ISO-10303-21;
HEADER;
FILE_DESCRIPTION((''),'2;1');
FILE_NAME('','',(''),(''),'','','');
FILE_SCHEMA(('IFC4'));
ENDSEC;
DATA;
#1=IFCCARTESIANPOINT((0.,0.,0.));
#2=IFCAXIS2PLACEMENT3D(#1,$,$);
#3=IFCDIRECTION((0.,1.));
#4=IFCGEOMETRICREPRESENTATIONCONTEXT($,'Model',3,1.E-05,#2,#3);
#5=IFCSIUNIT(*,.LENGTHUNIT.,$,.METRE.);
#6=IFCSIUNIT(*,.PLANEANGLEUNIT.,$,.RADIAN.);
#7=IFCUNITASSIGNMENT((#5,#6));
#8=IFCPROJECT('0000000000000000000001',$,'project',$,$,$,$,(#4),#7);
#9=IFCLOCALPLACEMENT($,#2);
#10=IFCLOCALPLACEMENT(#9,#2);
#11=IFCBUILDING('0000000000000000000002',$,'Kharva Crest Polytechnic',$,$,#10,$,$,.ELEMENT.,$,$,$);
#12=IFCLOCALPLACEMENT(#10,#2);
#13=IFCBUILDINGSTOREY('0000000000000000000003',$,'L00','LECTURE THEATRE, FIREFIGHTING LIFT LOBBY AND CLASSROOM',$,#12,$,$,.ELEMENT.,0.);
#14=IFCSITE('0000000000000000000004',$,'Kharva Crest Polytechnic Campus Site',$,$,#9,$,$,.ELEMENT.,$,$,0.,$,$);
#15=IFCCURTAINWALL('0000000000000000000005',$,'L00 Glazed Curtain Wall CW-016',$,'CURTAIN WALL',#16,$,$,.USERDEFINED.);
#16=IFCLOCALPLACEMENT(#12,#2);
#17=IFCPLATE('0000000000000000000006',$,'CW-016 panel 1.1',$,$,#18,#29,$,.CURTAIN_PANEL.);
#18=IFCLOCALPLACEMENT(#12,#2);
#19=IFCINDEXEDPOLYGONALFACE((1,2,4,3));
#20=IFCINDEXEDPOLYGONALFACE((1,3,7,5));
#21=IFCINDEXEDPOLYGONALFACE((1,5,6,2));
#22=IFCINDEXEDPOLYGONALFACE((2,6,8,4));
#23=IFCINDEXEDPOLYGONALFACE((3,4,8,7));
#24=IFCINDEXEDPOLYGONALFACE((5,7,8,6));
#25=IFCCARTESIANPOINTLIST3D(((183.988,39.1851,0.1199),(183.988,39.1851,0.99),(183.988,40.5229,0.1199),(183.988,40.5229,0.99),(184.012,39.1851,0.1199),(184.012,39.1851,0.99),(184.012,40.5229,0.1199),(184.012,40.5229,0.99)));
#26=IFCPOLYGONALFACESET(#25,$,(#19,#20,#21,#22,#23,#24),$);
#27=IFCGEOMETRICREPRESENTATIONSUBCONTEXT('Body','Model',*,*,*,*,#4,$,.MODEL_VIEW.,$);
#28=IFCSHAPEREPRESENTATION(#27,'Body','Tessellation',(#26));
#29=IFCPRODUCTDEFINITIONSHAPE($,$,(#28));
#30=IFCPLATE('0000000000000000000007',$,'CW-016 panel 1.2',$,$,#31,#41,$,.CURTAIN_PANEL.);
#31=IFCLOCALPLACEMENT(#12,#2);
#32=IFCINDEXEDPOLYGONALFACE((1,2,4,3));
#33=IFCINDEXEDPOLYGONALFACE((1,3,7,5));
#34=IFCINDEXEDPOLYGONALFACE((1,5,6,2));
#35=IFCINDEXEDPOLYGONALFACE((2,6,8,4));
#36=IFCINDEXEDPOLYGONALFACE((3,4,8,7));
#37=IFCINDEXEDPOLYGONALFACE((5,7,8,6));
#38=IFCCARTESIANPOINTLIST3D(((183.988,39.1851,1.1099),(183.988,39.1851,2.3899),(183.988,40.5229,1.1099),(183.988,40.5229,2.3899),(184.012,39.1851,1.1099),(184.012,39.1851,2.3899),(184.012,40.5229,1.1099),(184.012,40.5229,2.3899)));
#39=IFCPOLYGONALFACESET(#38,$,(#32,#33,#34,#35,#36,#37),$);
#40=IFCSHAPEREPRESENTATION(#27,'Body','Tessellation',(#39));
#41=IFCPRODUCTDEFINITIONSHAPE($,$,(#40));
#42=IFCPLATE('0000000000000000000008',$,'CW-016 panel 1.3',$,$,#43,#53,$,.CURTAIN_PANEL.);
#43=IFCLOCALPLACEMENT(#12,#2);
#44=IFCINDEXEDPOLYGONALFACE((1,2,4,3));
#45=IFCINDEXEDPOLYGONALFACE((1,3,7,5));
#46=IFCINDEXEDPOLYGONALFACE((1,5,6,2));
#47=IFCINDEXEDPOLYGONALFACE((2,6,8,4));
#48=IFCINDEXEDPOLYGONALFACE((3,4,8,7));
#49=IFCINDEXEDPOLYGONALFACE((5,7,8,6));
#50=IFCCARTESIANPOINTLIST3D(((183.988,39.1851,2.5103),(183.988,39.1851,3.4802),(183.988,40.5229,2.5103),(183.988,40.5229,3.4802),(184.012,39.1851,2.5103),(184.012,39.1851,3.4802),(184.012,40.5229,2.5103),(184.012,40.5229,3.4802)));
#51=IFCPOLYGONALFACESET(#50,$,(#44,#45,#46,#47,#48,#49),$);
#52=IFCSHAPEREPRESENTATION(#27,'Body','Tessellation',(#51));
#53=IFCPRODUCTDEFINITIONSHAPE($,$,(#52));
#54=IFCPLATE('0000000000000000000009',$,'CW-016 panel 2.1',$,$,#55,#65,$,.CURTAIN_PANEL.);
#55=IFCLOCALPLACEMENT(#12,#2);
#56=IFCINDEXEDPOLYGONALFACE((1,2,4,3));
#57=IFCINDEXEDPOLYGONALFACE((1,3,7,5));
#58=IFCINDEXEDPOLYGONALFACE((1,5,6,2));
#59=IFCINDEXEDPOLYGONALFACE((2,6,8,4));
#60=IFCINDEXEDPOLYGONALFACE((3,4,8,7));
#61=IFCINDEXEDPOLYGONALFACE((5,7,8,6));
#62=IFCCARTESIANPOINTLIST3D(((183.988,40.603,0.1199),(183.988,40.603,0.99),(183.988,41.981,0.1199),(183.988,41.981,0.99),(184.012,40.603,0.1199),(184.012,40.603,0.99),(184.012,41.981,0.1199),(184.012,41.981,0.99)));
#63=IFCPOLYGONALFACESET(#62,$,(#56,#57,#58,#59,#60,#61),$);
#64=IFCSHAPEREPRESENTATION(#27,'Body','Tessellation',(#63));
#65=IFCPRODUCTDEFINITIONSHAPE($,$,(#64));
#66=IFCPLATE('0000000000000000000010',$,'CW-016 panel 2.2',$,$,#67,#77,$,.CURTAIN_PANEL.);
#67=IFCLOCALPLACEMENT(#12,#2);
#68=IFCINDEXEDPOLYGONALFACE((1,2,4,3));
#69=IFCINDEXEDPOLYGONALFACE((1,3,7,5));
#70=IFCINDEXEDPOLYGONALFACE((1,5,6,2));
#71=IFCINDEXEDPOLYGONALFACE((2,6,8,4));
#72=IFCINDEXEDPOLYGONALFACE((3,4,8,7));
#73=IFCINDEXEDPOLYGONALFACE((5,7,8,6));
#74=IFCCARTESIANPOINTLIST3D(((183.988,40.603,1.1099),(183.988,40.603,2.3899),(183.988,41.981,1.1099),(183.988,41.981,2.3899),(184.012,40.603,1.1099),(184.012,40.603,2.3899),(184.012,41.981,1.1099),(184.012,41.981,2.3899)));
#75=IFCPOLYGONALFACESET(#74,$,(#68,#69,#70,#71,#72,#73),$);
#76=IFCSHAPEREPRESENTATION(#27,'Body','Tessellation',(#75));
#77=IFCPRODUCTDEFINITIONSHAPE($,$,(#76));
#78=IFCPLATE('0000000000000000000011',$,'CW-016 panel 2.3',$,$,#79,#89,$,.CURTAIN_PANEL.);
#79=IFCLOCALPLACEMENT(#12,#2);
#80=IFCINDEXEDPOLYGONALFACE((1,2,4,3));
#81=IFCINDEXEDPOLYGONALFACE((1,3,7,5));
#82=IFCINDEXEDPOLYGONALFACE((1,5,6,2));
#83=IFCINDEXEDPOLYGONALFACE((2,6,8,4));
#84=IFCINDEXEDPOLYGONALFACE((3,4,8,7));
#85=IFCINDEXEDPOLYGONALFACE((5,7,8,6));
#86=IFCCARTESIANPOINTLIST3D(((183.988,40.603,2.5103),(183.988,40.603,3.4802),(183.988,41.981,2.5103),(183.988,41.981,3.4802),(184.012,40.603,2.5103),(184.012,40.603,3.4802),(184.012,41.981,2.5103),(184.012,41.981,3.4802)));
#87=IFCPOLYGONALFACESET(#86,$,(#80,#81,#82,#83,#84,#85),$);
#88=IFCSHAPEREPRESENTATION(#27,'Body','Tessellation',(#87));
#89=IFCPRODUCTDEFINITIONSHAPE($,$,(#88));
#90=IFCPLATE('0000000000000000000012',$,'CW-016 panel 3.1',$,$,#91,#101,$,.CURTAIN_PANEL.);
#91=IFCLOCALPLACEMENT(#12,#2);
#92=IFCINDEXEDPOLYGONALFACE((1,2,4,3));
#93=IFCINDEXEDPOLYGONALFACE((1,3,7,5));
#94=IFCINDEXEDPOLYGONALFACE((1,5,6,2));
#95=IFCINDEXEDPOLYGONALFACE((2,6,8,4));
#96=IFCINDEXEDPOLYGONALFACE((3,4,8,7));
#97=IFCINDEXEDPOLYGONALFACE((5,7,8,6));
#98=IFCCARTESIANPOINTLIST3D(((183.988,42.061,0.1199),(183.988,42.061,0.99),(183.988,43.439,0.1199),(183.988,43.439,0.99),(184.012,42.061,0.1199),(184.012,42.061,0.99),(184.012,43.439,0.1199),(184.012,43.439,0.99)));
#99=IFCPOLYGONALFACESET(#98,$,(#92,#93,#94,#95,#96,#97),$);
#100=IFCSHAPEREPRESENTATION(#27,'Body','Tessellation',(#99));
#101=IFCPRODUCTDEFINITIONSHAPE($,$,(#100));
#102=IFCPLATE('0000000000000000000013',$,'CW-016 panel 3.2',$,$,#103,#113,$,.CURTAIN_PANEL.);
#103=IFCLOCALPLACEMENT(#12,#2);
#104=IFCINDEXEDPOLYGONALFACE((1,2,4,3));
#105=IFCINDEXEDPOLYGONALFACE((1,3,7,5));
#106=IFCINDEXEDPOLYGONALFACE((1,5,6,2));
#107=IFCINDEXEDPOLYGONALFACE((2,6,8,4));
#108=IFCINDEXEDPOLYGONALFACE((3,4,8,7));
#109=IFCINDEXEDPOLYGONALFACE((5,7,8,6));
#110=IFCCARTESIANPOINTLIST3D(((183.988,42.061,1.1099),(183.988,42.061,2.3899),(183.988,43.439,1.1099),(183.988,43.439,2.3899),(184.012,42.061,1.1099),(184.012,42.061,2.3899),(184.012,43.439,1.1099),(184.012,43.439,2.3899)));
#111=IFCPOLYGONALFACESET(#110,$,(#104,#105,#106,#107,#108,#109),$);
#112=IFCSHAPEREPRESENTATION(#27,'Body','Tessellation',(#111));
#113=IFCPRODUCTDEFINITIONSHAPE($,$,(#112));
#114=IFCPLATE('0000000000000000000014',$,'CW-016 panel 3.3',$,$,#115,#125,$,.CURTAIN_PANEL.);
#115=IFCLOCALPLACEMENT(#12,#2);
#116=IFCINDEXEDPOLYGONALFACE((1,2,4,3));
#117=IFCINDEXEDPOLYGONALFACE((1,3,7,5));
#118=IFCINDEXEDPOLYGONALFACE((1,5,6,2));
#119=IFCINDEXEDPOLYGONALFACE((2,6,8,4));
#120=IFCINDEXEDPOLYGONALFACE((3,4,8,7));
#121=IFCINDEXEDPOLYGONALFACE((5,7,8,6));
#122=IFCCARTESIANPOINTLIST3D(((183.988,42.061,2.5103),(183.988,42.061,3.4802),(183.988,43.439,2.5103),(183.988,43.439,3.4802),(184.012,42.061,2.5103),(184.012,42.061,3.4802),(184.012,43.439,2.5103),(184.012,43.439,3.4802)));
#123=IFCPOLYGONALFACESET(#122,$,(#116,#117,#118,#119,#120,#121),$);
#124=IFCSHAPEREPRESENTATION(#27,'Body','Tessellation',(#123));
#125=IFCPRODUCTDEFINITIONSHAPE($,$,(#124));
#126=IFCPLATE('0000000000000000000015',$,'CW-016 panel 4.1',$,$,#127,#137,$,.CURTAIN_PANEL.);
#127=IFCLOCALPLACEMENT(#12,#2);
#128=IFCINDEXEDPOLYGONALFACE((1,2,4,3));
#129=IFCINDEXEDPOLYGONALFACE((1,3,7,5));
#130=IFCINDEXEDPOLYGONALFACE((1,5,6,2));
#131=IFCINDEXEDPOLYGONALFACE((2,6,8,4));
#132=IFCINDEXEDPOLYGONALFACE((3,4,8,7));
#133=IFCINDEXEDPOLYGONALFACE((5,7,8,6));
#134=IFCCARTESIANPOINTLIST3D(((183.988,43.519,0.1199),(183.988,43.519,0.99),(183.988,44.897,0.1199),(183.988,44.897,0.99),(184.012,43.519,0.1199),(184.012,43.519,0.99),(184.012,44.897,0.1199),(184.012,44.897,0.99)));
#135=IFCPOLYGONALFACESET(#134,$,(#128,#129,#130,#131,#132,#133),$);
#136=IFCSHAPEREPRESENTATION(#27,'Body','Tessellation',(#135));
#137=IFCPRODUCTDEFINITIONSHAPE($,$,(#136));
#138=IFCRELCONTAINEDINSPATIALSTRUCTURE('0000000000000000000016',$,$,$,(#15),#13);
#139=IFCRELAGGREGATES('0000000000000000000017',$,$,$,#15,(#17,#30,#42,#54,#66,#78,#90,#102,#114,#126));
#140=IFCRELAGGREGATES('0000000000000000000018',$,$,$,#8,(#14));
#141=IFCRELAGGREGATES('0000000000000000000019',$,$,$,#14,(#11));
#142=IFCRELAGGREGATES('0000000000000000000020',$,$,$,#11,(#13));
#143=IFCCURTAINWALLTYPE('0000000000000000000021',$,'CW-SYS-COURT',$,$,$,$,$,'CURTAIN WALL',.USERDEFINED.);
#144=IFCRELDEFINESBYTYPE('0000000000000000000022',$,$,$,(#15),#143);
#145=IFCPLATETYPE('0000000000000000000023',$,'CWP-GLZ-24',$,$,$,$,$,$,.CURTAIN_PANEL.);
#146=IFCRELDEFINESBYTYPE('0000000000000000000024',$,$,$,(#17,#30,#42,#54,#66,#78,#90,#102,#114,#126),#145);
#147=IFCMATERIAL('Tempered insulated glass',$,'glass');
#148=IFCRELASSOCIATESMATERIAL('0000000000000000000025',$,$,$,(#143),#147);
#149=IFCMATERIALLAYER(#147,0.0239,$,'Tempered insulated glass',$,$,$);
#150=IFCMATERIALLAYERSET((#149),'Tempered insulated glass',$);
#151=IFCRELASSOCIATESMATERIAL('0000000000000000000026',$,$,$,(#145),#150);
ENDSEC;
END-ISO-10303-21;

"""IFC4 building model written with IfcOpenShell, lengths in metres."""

from ifc_helpers import new_model, si_unit, direction, frame, origin, origin_2d, place, context, subcontext, project, spatial, rectangle, extrude, material, layer, layer_set, type_object, element, aggregate, save


model = new_model("IFC4")

# Units and contexts
model_context = context("Model", 3, precision=1e-05, world=origin(), true_north=direction((0.0, 1.0)))
body_context = subcontext(model_context, "Body", "Model", "MODEL_VIEW")
ifc_project = project(units=[si_unit("LENGTHUNIT", "METRE"), si_unit("PLANEANGLEUNIT", "RADIAN")], contexts=[model_context])

# Site, building, storey
site_placement = place(None, origin())
site = spatial("IfcSite", under=ifc_project, at=site_placement, Name="Kharva Crest Polytechnic Campus Site", CompositionType="ELEMENT", RefElevation=0.0)
building_placement = place(site_placement, origin())
building = spatial("IfcBuilding", under=site, at=building_placement, Name="Kharva Crest Polytechnic", CompositionType="ELEMENT")
storey_placement = place(building_placement, origin())
storey = spatial("IfcBuildingStorey", under=building, at=storey_placement, Name="L00", Description="LECTURE THEATRE, FIREFIGHTING LIFT LOBBY AND CLASSROOM", CompositionType="ELEMENT", Elevation=0.0)

# Curtain wall
ifc_material_1 = material(Name="Tempered insulated glass", Category="glass")
curtain_wall_type = type_object("IfcCurtainWallType", Name="CW-SYS-COURT", ElementType="CURTAIN WALL", PredefinedType="USERDEFINED", material=ifc_material_1)
curtain_wall_placement = place(storey_placement, origin())
curtain_wall = element("IfcCurtainWall", 1, at=curtain_wall_placement, inside=storey, type_object=curtain_wall_type, Name="L00 Glazed Curtain Wall CW-016", ObjectType="CURTAIN WALL", PredefinedType="USERDEFINED")

# Plates
ifc_layer = layer(ifc_material_1, 0.0239, Name="Tempered insulated glass")
ifc_layer_set = layer_set([ifc_layer], Name="Tempered insulated glass")
plate_type = type_object("IfcPlateType", Name="CWP-GLZ-24", PredefinedType="CURTAIN_PANEL", material=ifc_layer_set)
plate_1_placement = place(storey_placement, frame((184.0, 39.854, 0.1199), z_axis=(0.0, 0.0, 1.0), x_axis=(0.0, 1.0, 0.0)))
plate_1 = element("IfcPlate", 2, at=plate_1_placement, type_object=plate_type, Name="CW-016 panel 1.1", PredefinedType="CURTAIN_PANEL", context=body_context, shape_type="SweptSolid", body=[
    extrude(rectangle(XDim=1.3379, YDim=0.0239, at=origin_2d()), origin(), (0.0, 0.0, 1.0), 0.8701),
])
plate_2_placement = place(storey_placement, frame((184.0, 39.854, 1.1099), z_axis=(0.0, 0.0, 1.0), x_axis=(0.0, 1.0, 0.0)))
plate_2 = element("IfcPlate", 3, at=plate_2_placement, type_object=plate_type, Name="CW-016 panel 1.2", PredefinedType="CURTAIN_PANEL", context=body_context, shape_type="SweptSolid", body=[
    extrude(rectangle(XDim=1.3379, YDim=0.0239, at=origin_2d()), origin(), (0.0, 0.0, 1.0), 1.28),
])
plate_3_placement = place(storey_placement, frame((184.0, 39.854, 2.5103), z_axis=(0.0, 0.0, 1.0), x_axis=(0.0, 1.0, 0.0)))
plate_3 = element("IfcPlate", 4, at=plate_3_placement, type_object=plate_type, Name="CW-016 panel 1.3", PredefinedType="CURTAIN_PANEL", context=body_context, shape_type="SweptSolid", body=[
    extrude(rectangle(XDim=1.3379, YDim=0.0239, at=origin_2d()), origin(), (0.0, 0.0, 1.0), 0.97),
])
plate_4_placement = place(storey_placement, frame((184.0, 41.292, 0.1199), z_axis=(0.0, 0.0, 1.0), x_axis=(0.0, 1.0, 0.0)))
plate_4 = element("IfcPlate", 5, at=plate_4_placement, type_object=plate_type, Name="CW-016 panel 2.1", PredefinedType="CURTAIN_PANEL", context=body_context, shape_type="SweptSolid", body=[
    extrude(rectangle(XDim=1.3779, YDim=0.0239, at=origin_2d()), origin(), (0.0, 0.0, 1.0), 0.8701),
])
plate_5_placement = place(storey_placement, frame((184.0, 41.292, 1.1099), z_axis=(0.0, 0.0, 1.0), x_axis=(0.0, 1.0, 0.0)))
plate_5 = element("IfcPlate", 6, at=plate_5_placement, type_object=plate_type, Name="CW-016 panel 2.2", PredefinedType="CURTAIN_PANEL", context=body_context, shape_type="SweptSolid", body=[
    extrude(rectangle(XDim=1.3779, YDim=0.0239, at=origin_2d()), origin(), (0.0, 0.0, 1.0), 1.28),
])
plate_6_placement = place(storey_placement, frame((184.0, 41.292, 2.5103), z_axis=(0.0, 0.0, 1.0), x_axis=(0.0, 1.0, 0.0)))
plate_6 = element("IfcPlate", 7, at=plate_6_placement, type_object=plate_type, Name="CW-016 panel 2.3", PredefinedType="CURTAIN_PANEL", context=body_context, shape_type="SweptSolid", body=[
    extrude(rectangle(XDim=1.3779, YDim=0.0239, at=origin_2d()), origin(), (0.0, 0.0, 1.0), 0.97),
])
plate_7_placement = place(storey_placement, frame((184.0, 42.75, 0.1199), z_axis=(0.0, 0.0, 1.0), x_axis=(0.0, 1.0, 0.0)))
plate_7 = element("IfcPlate", 8, at=plate_7_placement, type_object=plate_type, Name="CW-016 panel 3.1", PredefinedType="CURTAIN_PANEL", context=body_context, shape_type="SweptSolid", body=[
    extrude(rectangle(XDim=1.3779, YDim=0.0239, at=origin_2d()), origin(), (0.0, 0.0, 1.0), 0.8701),
])
plate_8_placement = place(storey_placement, frame((184.0, 42.75, 1.1099), z_axis=(0.0, 0.0, 1.0), x_axis=(0.0, 1.0, 0.0)))
plate_8 = element("IfcPlate", 9, at=plate_8_placement, type_object=plate_type, Name="CW-016 panel 3.2", PredefinedType="CURTAIN_PANEL", context=body_context, shape_type="SweptSolid", body=[
    extrude(rectangle(XDim=1.3779, YDim=0.0239, at=origin_2d()), origin(), (0.0, 0.0, 1.0), 1.28),
])
plate_9_placement = place(storey_placement, frame((184.0, 42.75, 2.5103), z_axis=(0.0, 0.0, 1.0), x_axis=(0.0, 1.0, 0.0)))
plate_9 = element("IfcPlate", 10, at=plate_9_placement, type_object=plate_type, Name="CW-016 panel 3.3", PredefinedType="CURTAIN_PANEL", context=body_context, shape_type="SweptSolid", body=[
    extrude(rectangle(XDim=1.3779, YDim=0.0239, at=origin_2d()), origin(), (0.0, 0.0, 1.0), 0.97),
])
plate_10_placement = place(storey_placement, frame((184.0, 44.208, 0.1199), z_axis=(0.0, 0.0, 1.0), x_axis=(0.0, 1.0, 0.0)))
plate_10 = element("IfcPlate", 11, at=plate_10_placement, type_object=plate_type, Name="CW-016 panel 4.1", PredefinedType="CURTAIN_PANEL", context=body_context, shape_type="SweptSolid", body=[
    extrude(rectangle(XDim=1.3779, YDim=0.0239, at=origin_2d()), origin(), (0.0, 0.0, 1.0), 0.8701),
])
aggregate(curtain_wall, [plate_1, plate_2, plate_3, plate_4, plate_5, plate_6, plate_7, plate_8, plate_9, plate_10])

save(model, "model.ifc")
